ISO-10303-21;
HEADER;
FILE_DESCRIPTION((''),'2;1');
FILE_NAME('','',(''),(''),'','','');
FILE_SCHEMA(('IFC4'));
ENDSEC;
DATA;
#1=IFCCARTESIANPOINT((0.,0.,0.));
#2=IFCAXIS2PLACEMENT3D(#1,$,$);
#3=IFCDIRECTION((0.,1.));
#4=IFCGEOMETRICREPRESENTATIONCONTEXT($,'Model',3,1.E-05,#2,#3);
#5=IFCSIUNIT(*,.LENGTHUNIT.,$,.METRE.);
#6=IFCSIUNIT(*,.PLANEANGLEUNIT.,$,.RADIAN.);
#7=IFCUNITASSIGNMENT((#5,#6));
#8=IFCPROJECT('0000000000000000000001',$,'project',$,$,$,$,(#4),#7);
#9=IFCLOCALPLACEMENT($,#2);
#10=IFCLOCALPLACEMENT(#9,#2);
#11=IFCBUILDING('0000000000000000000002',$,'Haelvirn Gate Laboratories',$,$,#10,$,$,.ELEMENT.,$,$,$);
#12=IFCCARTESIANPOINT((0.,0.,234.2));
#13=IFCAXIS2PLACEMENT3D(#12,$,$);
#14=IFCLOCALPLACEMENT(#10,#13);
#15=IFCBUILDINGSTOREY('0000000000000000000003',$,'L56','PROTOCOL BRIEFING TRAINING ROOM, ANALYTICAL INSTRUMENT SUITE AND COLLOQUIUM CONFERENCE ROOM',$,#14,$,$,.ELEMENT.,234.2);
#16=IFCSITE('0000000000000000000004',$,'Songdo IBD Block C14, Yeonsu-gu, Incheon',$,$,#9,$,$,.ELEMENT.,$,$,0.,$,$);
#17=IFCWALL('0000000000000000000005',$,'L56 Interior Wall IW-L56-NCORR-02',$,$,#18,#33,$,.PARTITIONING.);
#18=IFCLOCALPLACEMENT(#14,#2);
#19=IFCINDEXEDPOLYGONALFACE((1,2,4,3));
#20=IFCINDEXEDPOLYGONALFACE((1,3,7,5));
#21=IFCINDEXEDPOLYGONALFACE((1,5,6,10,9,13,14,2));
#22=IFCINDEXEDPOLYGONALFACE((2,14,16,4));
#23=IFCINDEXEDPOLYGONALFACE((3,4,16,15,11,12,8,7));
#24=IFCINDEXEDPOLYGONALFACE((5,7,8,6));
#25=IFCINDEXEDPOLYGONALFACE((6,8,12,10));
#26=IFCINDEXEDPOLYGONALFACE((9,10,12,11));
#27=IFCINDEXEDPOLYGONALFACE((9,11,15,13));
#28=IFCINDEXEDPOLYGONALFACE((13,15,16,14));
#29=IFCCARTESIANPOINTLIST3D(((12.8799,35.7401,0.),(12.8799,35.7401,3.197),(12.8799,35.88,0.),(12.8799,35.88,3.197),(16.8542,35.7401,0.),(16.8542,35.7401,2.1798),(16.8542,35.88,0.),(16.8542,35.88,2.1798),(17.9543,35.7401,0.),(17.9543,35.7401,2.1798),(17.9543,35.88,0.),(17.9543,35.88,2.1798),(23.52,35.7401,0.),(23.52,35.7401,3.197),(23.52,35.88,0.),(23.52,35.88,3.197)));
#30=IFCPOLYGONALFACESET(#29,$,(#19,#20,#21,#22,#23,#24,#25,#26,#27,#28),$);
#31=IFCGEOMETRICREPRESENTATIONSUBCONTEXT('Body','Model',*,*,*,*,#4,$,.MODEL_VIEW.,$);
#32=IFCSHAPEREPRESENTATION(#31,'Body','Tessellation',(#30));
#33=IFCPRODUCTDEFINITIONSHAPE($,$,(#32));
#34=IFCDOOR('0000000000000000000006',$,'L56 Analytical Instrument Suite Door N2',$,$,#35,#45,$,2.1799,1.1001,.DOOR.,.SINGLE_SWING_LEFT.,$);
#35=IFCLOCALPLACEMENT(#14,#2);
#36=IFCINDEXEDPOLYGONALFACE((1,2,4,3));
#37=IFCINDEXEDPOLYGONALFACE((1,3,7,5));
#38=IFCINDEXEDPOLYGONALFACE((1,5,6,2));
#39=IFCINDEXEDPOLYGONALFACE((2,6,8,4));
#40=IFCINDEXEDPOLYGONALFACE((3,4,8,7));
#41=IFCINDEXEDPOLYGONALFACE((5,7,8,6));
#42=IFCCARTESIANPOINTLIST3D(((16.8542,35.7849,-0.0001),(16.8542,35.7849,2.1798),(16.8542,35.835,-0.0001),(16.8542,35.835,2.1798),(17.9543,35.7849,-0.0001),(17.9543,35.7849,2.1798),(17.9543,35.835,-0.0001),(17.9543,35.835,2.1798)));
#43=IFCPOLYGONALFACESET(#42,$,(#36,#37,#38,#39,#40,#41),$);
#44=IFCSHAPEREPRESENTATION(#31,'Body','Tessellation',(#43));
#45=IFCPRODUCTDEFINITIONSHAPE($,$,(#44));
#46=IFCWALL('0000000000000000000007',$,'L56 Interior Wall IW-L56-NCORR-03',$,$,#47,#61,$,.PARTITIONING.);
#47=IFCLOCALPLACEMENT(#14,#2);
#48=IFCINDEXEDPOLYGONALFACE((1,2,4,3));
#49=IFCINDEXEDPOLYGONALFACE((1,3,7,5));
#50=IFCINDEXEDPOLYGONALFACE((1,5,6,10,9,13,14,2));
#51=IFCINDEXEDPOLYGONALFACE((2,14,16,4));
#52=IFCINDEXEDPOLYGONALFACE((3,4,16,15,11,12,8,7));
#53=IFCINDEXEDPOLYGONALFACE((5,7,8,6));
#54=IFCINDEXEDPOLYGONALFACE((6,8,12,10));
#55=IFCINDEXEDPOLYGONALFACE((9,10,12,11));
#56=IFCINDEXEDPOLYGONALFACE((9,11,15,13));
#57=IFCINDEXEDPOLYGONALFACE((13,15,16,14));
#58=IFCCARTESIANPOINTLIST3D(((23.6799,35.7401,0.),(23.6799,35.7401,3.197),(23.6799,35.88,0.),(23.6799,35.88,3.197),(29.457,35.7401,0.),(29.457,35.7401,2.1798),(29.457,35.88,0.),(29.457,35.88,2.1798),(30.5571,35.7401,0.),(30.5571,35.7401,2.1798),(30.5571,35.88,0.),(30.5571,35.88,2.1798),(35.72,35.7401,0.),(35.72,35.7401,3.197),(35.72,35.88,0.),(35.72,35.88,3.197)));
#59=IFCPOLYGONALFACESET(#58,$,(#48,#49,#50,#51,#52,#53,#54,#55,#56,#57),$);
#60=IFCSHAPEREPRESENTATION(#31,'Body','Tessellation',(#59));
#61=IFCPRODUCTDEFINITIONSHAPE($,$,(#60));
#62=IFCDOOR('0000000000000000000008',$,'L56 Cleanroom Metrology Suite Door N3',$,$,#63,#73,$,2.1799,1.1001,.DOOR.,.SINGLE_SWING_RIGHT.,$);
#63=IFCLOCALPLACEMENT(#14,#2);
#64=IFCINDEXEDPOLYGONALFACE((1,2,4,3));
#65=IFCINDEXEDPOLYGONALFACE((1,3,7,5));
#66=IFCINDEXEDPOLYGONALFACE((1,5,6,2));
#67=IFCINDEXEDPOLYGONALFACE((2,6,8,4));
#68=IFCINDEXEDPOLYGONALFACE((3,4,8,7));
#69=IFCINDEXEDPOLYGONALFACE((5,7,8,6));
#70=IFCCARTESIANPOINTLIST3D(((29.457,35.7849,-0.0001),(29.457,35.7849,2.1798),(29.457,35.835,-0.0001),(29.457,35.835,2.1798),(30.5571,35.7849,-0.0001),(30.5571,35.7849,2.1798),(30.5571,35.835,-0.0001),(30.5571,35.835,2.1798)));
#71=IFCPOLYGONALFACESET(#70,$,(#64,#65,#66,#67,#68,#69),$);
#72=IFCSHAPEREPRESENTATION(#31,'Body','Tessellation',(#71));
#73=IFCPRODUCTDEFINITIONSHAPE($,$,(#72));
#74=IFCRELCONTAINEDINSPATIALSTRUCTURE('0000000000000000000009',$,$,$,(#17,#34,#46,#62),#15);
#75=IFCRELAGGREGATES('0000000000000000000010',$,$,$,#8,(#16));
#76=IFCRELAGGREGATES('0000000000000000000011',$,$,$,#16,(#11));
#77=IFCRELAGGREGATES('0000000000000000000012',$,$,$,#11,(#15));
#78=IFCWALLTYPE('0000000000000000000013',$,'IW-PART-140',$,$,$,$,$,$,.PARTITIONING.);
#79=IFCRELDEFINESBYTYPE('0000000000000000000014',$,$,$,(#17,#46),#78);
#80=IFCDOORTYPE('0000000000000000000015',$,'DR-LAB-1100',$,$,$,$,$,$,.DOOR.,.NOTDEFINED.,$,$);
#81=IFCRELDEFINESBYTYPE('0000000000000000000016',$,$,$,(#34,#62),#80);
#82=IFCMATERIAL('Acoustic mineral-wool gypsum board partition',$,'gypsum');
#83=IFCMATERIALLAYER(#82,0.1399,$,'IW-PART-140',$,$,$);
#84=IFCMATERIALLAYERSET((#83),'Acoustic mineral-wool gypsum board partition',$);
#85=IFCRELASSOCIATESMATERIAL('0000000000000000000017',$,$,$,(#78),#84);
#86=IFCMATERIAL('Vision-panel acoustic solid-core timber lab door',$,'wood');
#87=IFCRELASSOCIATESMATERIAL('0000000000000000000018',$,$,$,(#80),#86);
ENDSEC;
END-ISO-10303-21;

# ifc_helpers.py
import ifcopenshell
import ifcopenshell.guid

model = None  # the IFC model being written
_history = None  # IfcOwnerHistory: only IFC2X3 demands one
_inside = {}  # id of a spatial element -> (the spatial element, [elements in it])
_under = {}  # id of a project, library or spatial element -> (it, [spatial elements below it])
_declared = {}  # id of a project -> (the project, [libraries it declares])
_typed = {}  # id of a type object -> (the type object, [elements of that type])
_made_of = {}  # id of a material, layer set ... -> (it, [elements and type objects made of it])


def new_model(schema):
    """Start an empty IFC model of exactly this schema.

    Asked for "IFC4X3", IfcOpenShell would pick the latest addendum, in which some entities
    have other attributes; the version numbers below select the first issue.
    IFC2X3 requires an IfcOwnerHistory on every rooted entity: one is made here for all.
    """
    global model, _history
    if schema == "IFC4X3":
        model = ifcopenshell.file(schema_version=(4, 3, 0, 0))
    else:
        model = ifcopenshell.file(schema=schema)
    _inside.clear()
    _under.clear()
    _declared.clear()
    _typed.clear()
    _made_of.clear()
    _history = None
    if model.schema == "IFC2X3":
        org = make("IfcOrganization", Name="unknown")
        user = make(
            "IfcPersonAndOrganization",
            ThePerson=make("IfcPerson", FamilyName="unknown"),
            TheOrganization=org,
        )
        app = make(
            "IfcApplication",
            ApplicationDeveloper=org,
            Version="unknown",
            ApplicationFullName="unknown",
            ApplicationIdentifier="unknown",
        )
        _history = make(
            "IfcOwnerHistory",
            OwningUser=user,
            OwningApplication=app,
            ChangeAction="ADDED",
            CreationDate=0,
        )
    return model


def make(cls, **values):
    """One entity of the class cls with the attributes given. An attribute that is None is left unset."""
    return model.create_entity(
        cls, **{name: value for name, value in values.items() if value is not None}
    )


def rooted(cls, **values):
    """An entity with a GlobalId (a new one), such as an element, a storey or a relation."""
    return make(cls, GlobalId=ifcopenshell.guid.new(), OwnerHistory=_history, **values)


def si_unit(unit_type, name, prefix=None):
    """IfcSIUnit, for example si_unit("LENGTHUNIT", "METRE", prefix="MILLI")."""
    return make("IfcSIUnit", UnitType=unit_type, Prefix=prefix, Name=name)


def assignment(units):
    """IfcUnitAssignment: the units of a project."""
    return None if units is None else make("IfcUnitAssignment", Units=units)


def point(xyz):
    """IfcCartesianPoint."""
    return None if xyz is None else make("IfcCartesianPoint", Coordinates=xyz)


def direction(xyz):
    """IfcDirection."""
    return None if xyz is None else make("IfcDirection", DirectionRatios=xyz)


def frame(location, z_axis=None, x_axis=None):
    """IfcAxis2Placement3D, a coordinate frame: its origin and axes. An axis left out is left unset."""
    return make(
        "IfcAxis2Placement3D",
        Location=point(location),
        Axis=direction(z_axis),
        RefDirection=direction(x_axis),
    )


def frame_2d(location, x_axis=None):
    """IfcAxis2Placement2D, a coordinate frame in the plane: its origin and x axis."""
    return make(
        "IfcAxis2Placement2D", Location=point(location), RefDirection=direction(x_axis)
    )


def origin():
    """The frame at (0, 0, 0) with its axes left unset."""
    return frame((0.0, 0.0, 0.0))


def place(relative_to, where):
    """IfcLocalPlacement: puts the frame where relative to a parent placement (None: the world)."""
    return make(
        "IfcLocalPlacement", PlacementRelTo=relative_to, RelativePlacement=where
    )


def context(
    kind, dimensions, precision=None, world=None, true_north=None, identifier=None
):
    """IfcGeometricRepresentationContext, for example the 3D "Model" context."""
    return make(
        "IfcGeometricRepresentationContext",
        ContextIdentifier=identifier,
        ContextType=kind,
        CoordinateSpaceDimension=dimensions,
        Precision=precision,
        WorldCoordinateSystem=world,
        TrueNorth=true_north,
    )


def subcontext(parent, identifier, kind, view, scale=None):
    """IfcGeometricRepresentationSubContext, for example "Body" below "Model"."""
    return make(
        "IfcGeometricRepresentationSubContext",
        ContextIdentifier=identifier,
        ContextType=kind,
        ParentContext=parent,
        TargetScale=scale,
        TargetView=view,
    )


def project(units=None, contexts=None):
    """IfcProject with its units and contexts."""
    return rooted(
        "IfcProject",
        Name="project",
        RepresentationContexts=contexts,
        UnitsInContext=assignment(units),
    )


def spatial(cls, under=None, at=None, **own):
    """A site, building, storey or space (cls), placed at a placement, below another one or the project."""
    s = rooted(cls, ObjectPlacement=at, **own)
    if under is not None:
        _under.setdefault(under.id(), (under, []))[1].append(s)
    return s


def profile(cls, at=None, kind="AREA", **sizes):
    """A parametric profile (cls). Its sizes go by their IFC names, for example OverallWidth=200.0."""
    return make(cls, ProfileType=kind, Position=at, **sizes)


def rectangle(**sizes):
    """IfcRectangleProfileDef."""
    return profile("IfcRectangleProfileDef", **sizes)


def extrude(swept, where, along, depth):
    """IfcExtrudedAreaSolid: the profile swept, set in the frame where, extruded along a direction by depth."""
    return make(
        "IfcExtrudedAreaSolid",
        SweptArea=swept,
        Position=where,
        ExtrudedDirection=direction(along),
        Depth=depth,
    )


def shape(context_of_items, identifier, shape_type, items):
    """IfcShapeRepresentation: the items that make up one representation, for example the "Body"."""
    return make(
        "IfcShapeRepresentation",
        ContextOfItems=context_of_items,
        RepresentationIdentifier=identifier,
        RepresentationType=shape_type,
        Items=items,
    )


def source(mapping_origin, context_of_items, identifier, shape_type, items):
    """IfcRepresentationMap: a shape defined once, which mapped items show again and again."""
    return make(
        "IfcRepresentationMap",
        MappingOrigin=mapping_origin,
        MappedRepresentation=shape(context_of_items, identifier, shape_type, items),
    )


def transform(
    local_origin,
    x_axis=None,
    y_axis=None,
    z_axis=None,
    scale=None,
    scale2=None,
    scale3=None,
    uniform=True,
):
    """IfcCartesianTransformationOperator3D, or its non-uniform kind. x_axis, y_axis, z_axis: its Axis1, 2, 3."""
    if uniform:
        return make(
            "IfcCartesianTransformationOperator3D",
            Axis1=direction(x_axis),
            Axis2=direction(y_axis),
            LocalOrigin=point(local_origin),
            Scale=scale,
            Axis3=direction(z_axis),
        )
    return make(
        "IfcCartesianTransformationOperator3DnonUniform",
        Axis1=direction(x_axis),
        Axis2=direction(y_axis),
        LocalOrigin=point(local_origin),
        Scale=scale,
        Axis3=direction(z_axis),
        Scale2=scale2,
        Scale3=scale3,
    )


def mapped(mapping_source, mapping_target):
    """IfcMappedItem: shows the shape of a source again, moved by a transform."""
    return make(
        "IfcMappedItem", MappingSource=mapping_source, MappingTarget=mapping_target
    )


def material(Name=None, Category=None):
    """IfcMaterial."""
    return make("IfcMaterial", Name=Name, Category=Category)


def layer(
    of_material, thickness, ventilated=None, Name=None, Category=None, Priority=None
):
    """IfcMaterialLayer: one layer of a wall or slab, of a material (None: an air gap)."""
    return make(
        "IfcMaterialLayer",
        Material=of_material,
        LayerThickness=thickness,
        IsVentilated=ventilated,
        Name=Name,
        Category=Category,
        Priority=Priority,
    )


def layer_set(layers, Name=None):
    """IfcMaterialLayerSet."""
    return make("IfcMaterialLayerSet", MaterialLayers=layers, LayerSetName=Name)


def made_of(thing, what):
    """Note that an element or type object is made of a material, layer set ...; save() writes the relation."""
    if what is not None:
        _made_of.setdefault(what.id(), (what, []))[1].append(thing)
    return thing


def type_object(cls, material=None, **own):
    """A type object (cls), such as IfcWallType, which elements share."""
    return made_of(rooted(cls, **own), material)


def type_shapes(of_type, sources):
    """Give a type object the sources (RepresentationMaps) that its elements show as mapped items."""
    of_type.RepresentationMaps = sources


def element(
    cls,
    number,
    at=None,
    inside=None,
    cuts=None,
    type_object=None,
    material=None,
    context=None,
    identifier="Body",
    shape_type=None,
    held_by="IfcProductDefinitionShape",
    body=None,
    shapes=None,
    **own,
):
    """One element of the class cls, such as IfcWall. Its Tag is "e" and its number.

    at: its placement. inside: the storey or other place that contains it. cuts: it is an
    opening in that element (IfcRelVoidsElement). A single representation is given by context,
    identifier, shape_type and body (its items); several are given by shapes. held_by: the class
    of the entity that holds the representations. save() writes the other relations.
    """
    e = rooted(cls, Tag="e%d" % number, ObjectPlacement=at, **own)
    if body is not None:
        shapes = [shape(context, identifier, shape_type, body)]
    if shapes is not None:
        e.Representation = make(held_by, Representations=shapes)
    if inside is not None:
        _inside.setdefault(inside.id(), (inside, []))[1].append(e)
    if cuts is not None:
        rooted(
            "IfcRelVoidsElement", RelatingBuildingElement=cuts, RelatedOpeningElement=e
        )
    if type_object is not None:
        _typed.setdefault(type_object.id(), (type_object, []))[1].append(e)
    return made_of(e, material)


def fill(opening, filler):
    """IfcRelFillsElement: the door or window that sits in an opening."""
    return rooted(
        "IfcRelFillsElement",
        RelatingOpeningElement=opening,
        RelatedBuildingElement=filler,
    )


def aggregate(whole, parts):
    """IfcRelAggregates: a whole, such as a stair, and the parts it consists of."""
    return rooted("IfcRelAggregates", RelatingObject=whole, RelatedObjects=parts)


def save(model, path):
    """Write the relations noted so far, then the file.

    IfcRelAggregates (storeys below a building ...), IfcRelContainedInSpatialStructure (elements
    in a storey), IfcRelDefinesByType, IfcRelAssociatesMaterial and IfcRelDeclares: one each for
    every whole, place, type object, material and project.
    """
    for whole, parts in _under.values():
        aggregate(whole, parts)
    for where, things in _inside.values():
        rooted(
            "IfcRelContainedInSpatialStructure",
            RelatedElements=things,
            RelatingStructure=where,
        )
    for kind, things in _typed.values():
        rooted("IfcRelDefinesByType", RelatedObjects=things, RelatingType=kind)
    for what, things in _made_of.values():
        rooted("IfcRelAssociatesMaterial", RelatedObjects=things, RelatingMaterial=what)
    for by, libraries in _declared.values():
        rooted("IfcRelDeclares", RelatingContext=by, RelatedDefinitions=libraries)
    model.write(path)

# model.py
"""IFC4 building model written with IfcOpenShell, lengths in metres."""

from ifc_helpers import new_model, si_unit, direction, frame, frame_2d, origin, place, context, subcontext, project, spatial, rectangle, extrude, source, transform, mapped, material, layer, layer_set, type_object, type_shapes, element, fill, save


model = new_model("IFC4")

# Units and contexts
model_context = context("Model", 3, precision=1e-05, world=origin(), true_north=direction((0.0, 1.0)))
body_context = subcontext(model_context, "Body", "Model", "MODEL_VIEW")
ifc_project = project(units=[si_unit("LENGTHUNIT", "METRE"), si_unit("PLANEANGLEUNIT", "RADIAN")], contexts=[model_context])

# Site, building, storey
site_placement = place(None, origin())
site = spatial("IfcSite", under=ifc_project, at=site_placement, Name="Songdo IBD Block C14, Yeonsu-gu, Incheon", CompositionType="ELEMENT", RefElevation=0.0)
building_placement = place(site_placement, origin())
building = spatial("IfcBuilding", under=site, at=building_placement, Name="Haelvirn Gate Laboratories", CompositionType="ELEMENT")
storey_placement = place(building_placement, frame((0.0, 0.0, 234.2)))
storey = spatial("IfcBuildingStorey", under=building, at=storey_placement, Name="L56", Description="PROTOCOL BRIEFING TRAINING ROOM, ANALYTICAL INSTRUMENT SUITE AND COLLOQUIUM CONFERENCE ROOM", CompositionType="ELEMENT", Elevation=234.2)

# Walls, openings, doors
ifc_material_1 = material(Name="Acoustic mineral-wool gypsum board partition", Category="gypsum")
ifc_layer_1 = layer(ifc_material_1, 0.1399, Name="IW-PART-140")
ifc_layer_set_1 = layer_set([ifc_layer_1], Name="Acoustic mineral-wool gypsum board partition")
wall_type_1 = type_object("IfcWallType", Name="IW-PART-140", PredefinedType="PARTITIONING", material=ifc_layer_set_1)
wall_1_placement = place(storey_placement, frame((12.8799, 35.8101, 0.0), z_axis=(0.0, 0.0, 1.0), x_axis=(1.0, 0.0, 0.0)))
wall_1 = element("IfcWall", 1, at=wall_1_placement, inside=storey, type_object=wall_type_1, Name="L56 Interior Wall IW-L56-NCORR-02", PredefinedType="PARTITIONING", context=body_context, shape_type="SweptSolid", body=[
    extrude(rectangle(XDim=10.6401, YDim=0.1399, at=frame_2d((5.3201, 0.0))), origin(), (0.0, 0.0, 1.0), 3.197),
])
opening_1_placement = place(wall_1_placement, frame((3.9744, 0.0, 0.0)))
opening_1 = element("IfcOpeningElement", 2, at=opening_1_placement, cuts=wall_1, PredefinedType="OPENING", context=body_context, shape_type="SweptSolid", body=[
    extrude(rectangle(XDim=1.1001, YDim=2.1799, at=frame_2d((0.55, 1.0898))), frame((0.0, 0.0801, 0.0), z_axis=(0.0, -1.0, 0.0), x_axis=(1.0, 0.0, 0.0)), (0.0, 0.0, 1.0), 0.1599),
])
ifc_material_2 = material(Name="Vision-panel acoustic solid-core timber lab door", Category="wood")
door_type = type_object("IfcDoorType", Name="DR-LAB-1100", OperationType="NOTDEFINED", PredefinedType="DOOR", material=ifc_material_2)
shared_shape_1 = source(origin(), body_context, "Body", "SweptSolid", [
    extrude(rectangle(XDim=1.1001, YDim=2.1799, at=frame_2d((0.55, 1.0898))), frame((0.0, 0.0249, 0.0), z_axis=(0.0, -1.0, 0.0), x_axis=(1.0, 0.0, 0.0)), (0.0, 0.0, 1.0), 0.05),
])
type_shapes(door_type, [shared_shape_1])
door_1_placement = place(opening_1_placement, origin())
door_1 = element("IfcDoor", 3, at=door_1_placement, inside=storey, type_object=door_type, Name="L56 Analytical Instrument Suite Door N2", OperationType="SINGLE_SWING_LEFT", OverallHeight=2.1799, OverallWidth=1.1001, PredefinedType="DOOR", context=body_context, shape_type="MappedRepresentation", body=[
    mapped(shared_shape_1, transform((0.0, 0.0, 0.0), scale=1.0)),
])
fill(opening_1, door_1)
wall_2_placement = place(storey_placement, frame((23.6799, 35.8101, 0.0), z_axis=(0.0, 0.0, 1.0), x_axis=(1.0, 0.0, 0.0)))
wall_2 = element("IfcWall", 4, at=wall_2_placement, inside=storey, type_object=wall_type_1, Name="L56 Interior Wall IW-L56-NCORR-03", PredefinedType="PARTITIONING", context=body_context, shape_type="SweptSolid", body=[
    extrude(rectangle(XDim=12.04, YDim=0.1399, at=frame_2d((6.02, 0.0))), origin(), (0.0, 0.0, 1.0), 3.197),
])
opening_2_placement = place(wall_2_placement, frame((5.7771, 0.0, 0.0)))
opening_2 = element("IfcOpeningElement", 5, at=opening_2_placement, cuts=wall_2, PredefinedType="OPENING", context=body_context, shape_type="SweptSolid", body=[
    extrude(rectangle(XDim=1.1001, YDim=2.1799, at=frame_2d((0.55, 1.0898))), frame((0.0, 0.0801, 0.0), z_axis=(0.0, -1.0, 0.0), x_axis=(1.0, 0.0, 0.0)), (0.0, 0.0, 1.0), 0.1599),
])
door_2_placement = place(opening_2_placement, origin())
door_2 = element("IfcDoor", 6, at=door_2_placement, inside=storey, type_object=door_type, Name="L56 Cleanroom Metrology Suite Door N3", OperationType="SINGLE_SWING_RIGHT", OverallHeight=2.1799, OverallWidth=1.1001, PredefinedType="DOOR", context=body_context, shape_type="MappedRepresentation", body=[
    mapped(shared_shape_1, transform((0.0, 0.0, 0.0), scale=1.0)),
])
fill(opening_2, door_2)

save(model, "model.ifc")
